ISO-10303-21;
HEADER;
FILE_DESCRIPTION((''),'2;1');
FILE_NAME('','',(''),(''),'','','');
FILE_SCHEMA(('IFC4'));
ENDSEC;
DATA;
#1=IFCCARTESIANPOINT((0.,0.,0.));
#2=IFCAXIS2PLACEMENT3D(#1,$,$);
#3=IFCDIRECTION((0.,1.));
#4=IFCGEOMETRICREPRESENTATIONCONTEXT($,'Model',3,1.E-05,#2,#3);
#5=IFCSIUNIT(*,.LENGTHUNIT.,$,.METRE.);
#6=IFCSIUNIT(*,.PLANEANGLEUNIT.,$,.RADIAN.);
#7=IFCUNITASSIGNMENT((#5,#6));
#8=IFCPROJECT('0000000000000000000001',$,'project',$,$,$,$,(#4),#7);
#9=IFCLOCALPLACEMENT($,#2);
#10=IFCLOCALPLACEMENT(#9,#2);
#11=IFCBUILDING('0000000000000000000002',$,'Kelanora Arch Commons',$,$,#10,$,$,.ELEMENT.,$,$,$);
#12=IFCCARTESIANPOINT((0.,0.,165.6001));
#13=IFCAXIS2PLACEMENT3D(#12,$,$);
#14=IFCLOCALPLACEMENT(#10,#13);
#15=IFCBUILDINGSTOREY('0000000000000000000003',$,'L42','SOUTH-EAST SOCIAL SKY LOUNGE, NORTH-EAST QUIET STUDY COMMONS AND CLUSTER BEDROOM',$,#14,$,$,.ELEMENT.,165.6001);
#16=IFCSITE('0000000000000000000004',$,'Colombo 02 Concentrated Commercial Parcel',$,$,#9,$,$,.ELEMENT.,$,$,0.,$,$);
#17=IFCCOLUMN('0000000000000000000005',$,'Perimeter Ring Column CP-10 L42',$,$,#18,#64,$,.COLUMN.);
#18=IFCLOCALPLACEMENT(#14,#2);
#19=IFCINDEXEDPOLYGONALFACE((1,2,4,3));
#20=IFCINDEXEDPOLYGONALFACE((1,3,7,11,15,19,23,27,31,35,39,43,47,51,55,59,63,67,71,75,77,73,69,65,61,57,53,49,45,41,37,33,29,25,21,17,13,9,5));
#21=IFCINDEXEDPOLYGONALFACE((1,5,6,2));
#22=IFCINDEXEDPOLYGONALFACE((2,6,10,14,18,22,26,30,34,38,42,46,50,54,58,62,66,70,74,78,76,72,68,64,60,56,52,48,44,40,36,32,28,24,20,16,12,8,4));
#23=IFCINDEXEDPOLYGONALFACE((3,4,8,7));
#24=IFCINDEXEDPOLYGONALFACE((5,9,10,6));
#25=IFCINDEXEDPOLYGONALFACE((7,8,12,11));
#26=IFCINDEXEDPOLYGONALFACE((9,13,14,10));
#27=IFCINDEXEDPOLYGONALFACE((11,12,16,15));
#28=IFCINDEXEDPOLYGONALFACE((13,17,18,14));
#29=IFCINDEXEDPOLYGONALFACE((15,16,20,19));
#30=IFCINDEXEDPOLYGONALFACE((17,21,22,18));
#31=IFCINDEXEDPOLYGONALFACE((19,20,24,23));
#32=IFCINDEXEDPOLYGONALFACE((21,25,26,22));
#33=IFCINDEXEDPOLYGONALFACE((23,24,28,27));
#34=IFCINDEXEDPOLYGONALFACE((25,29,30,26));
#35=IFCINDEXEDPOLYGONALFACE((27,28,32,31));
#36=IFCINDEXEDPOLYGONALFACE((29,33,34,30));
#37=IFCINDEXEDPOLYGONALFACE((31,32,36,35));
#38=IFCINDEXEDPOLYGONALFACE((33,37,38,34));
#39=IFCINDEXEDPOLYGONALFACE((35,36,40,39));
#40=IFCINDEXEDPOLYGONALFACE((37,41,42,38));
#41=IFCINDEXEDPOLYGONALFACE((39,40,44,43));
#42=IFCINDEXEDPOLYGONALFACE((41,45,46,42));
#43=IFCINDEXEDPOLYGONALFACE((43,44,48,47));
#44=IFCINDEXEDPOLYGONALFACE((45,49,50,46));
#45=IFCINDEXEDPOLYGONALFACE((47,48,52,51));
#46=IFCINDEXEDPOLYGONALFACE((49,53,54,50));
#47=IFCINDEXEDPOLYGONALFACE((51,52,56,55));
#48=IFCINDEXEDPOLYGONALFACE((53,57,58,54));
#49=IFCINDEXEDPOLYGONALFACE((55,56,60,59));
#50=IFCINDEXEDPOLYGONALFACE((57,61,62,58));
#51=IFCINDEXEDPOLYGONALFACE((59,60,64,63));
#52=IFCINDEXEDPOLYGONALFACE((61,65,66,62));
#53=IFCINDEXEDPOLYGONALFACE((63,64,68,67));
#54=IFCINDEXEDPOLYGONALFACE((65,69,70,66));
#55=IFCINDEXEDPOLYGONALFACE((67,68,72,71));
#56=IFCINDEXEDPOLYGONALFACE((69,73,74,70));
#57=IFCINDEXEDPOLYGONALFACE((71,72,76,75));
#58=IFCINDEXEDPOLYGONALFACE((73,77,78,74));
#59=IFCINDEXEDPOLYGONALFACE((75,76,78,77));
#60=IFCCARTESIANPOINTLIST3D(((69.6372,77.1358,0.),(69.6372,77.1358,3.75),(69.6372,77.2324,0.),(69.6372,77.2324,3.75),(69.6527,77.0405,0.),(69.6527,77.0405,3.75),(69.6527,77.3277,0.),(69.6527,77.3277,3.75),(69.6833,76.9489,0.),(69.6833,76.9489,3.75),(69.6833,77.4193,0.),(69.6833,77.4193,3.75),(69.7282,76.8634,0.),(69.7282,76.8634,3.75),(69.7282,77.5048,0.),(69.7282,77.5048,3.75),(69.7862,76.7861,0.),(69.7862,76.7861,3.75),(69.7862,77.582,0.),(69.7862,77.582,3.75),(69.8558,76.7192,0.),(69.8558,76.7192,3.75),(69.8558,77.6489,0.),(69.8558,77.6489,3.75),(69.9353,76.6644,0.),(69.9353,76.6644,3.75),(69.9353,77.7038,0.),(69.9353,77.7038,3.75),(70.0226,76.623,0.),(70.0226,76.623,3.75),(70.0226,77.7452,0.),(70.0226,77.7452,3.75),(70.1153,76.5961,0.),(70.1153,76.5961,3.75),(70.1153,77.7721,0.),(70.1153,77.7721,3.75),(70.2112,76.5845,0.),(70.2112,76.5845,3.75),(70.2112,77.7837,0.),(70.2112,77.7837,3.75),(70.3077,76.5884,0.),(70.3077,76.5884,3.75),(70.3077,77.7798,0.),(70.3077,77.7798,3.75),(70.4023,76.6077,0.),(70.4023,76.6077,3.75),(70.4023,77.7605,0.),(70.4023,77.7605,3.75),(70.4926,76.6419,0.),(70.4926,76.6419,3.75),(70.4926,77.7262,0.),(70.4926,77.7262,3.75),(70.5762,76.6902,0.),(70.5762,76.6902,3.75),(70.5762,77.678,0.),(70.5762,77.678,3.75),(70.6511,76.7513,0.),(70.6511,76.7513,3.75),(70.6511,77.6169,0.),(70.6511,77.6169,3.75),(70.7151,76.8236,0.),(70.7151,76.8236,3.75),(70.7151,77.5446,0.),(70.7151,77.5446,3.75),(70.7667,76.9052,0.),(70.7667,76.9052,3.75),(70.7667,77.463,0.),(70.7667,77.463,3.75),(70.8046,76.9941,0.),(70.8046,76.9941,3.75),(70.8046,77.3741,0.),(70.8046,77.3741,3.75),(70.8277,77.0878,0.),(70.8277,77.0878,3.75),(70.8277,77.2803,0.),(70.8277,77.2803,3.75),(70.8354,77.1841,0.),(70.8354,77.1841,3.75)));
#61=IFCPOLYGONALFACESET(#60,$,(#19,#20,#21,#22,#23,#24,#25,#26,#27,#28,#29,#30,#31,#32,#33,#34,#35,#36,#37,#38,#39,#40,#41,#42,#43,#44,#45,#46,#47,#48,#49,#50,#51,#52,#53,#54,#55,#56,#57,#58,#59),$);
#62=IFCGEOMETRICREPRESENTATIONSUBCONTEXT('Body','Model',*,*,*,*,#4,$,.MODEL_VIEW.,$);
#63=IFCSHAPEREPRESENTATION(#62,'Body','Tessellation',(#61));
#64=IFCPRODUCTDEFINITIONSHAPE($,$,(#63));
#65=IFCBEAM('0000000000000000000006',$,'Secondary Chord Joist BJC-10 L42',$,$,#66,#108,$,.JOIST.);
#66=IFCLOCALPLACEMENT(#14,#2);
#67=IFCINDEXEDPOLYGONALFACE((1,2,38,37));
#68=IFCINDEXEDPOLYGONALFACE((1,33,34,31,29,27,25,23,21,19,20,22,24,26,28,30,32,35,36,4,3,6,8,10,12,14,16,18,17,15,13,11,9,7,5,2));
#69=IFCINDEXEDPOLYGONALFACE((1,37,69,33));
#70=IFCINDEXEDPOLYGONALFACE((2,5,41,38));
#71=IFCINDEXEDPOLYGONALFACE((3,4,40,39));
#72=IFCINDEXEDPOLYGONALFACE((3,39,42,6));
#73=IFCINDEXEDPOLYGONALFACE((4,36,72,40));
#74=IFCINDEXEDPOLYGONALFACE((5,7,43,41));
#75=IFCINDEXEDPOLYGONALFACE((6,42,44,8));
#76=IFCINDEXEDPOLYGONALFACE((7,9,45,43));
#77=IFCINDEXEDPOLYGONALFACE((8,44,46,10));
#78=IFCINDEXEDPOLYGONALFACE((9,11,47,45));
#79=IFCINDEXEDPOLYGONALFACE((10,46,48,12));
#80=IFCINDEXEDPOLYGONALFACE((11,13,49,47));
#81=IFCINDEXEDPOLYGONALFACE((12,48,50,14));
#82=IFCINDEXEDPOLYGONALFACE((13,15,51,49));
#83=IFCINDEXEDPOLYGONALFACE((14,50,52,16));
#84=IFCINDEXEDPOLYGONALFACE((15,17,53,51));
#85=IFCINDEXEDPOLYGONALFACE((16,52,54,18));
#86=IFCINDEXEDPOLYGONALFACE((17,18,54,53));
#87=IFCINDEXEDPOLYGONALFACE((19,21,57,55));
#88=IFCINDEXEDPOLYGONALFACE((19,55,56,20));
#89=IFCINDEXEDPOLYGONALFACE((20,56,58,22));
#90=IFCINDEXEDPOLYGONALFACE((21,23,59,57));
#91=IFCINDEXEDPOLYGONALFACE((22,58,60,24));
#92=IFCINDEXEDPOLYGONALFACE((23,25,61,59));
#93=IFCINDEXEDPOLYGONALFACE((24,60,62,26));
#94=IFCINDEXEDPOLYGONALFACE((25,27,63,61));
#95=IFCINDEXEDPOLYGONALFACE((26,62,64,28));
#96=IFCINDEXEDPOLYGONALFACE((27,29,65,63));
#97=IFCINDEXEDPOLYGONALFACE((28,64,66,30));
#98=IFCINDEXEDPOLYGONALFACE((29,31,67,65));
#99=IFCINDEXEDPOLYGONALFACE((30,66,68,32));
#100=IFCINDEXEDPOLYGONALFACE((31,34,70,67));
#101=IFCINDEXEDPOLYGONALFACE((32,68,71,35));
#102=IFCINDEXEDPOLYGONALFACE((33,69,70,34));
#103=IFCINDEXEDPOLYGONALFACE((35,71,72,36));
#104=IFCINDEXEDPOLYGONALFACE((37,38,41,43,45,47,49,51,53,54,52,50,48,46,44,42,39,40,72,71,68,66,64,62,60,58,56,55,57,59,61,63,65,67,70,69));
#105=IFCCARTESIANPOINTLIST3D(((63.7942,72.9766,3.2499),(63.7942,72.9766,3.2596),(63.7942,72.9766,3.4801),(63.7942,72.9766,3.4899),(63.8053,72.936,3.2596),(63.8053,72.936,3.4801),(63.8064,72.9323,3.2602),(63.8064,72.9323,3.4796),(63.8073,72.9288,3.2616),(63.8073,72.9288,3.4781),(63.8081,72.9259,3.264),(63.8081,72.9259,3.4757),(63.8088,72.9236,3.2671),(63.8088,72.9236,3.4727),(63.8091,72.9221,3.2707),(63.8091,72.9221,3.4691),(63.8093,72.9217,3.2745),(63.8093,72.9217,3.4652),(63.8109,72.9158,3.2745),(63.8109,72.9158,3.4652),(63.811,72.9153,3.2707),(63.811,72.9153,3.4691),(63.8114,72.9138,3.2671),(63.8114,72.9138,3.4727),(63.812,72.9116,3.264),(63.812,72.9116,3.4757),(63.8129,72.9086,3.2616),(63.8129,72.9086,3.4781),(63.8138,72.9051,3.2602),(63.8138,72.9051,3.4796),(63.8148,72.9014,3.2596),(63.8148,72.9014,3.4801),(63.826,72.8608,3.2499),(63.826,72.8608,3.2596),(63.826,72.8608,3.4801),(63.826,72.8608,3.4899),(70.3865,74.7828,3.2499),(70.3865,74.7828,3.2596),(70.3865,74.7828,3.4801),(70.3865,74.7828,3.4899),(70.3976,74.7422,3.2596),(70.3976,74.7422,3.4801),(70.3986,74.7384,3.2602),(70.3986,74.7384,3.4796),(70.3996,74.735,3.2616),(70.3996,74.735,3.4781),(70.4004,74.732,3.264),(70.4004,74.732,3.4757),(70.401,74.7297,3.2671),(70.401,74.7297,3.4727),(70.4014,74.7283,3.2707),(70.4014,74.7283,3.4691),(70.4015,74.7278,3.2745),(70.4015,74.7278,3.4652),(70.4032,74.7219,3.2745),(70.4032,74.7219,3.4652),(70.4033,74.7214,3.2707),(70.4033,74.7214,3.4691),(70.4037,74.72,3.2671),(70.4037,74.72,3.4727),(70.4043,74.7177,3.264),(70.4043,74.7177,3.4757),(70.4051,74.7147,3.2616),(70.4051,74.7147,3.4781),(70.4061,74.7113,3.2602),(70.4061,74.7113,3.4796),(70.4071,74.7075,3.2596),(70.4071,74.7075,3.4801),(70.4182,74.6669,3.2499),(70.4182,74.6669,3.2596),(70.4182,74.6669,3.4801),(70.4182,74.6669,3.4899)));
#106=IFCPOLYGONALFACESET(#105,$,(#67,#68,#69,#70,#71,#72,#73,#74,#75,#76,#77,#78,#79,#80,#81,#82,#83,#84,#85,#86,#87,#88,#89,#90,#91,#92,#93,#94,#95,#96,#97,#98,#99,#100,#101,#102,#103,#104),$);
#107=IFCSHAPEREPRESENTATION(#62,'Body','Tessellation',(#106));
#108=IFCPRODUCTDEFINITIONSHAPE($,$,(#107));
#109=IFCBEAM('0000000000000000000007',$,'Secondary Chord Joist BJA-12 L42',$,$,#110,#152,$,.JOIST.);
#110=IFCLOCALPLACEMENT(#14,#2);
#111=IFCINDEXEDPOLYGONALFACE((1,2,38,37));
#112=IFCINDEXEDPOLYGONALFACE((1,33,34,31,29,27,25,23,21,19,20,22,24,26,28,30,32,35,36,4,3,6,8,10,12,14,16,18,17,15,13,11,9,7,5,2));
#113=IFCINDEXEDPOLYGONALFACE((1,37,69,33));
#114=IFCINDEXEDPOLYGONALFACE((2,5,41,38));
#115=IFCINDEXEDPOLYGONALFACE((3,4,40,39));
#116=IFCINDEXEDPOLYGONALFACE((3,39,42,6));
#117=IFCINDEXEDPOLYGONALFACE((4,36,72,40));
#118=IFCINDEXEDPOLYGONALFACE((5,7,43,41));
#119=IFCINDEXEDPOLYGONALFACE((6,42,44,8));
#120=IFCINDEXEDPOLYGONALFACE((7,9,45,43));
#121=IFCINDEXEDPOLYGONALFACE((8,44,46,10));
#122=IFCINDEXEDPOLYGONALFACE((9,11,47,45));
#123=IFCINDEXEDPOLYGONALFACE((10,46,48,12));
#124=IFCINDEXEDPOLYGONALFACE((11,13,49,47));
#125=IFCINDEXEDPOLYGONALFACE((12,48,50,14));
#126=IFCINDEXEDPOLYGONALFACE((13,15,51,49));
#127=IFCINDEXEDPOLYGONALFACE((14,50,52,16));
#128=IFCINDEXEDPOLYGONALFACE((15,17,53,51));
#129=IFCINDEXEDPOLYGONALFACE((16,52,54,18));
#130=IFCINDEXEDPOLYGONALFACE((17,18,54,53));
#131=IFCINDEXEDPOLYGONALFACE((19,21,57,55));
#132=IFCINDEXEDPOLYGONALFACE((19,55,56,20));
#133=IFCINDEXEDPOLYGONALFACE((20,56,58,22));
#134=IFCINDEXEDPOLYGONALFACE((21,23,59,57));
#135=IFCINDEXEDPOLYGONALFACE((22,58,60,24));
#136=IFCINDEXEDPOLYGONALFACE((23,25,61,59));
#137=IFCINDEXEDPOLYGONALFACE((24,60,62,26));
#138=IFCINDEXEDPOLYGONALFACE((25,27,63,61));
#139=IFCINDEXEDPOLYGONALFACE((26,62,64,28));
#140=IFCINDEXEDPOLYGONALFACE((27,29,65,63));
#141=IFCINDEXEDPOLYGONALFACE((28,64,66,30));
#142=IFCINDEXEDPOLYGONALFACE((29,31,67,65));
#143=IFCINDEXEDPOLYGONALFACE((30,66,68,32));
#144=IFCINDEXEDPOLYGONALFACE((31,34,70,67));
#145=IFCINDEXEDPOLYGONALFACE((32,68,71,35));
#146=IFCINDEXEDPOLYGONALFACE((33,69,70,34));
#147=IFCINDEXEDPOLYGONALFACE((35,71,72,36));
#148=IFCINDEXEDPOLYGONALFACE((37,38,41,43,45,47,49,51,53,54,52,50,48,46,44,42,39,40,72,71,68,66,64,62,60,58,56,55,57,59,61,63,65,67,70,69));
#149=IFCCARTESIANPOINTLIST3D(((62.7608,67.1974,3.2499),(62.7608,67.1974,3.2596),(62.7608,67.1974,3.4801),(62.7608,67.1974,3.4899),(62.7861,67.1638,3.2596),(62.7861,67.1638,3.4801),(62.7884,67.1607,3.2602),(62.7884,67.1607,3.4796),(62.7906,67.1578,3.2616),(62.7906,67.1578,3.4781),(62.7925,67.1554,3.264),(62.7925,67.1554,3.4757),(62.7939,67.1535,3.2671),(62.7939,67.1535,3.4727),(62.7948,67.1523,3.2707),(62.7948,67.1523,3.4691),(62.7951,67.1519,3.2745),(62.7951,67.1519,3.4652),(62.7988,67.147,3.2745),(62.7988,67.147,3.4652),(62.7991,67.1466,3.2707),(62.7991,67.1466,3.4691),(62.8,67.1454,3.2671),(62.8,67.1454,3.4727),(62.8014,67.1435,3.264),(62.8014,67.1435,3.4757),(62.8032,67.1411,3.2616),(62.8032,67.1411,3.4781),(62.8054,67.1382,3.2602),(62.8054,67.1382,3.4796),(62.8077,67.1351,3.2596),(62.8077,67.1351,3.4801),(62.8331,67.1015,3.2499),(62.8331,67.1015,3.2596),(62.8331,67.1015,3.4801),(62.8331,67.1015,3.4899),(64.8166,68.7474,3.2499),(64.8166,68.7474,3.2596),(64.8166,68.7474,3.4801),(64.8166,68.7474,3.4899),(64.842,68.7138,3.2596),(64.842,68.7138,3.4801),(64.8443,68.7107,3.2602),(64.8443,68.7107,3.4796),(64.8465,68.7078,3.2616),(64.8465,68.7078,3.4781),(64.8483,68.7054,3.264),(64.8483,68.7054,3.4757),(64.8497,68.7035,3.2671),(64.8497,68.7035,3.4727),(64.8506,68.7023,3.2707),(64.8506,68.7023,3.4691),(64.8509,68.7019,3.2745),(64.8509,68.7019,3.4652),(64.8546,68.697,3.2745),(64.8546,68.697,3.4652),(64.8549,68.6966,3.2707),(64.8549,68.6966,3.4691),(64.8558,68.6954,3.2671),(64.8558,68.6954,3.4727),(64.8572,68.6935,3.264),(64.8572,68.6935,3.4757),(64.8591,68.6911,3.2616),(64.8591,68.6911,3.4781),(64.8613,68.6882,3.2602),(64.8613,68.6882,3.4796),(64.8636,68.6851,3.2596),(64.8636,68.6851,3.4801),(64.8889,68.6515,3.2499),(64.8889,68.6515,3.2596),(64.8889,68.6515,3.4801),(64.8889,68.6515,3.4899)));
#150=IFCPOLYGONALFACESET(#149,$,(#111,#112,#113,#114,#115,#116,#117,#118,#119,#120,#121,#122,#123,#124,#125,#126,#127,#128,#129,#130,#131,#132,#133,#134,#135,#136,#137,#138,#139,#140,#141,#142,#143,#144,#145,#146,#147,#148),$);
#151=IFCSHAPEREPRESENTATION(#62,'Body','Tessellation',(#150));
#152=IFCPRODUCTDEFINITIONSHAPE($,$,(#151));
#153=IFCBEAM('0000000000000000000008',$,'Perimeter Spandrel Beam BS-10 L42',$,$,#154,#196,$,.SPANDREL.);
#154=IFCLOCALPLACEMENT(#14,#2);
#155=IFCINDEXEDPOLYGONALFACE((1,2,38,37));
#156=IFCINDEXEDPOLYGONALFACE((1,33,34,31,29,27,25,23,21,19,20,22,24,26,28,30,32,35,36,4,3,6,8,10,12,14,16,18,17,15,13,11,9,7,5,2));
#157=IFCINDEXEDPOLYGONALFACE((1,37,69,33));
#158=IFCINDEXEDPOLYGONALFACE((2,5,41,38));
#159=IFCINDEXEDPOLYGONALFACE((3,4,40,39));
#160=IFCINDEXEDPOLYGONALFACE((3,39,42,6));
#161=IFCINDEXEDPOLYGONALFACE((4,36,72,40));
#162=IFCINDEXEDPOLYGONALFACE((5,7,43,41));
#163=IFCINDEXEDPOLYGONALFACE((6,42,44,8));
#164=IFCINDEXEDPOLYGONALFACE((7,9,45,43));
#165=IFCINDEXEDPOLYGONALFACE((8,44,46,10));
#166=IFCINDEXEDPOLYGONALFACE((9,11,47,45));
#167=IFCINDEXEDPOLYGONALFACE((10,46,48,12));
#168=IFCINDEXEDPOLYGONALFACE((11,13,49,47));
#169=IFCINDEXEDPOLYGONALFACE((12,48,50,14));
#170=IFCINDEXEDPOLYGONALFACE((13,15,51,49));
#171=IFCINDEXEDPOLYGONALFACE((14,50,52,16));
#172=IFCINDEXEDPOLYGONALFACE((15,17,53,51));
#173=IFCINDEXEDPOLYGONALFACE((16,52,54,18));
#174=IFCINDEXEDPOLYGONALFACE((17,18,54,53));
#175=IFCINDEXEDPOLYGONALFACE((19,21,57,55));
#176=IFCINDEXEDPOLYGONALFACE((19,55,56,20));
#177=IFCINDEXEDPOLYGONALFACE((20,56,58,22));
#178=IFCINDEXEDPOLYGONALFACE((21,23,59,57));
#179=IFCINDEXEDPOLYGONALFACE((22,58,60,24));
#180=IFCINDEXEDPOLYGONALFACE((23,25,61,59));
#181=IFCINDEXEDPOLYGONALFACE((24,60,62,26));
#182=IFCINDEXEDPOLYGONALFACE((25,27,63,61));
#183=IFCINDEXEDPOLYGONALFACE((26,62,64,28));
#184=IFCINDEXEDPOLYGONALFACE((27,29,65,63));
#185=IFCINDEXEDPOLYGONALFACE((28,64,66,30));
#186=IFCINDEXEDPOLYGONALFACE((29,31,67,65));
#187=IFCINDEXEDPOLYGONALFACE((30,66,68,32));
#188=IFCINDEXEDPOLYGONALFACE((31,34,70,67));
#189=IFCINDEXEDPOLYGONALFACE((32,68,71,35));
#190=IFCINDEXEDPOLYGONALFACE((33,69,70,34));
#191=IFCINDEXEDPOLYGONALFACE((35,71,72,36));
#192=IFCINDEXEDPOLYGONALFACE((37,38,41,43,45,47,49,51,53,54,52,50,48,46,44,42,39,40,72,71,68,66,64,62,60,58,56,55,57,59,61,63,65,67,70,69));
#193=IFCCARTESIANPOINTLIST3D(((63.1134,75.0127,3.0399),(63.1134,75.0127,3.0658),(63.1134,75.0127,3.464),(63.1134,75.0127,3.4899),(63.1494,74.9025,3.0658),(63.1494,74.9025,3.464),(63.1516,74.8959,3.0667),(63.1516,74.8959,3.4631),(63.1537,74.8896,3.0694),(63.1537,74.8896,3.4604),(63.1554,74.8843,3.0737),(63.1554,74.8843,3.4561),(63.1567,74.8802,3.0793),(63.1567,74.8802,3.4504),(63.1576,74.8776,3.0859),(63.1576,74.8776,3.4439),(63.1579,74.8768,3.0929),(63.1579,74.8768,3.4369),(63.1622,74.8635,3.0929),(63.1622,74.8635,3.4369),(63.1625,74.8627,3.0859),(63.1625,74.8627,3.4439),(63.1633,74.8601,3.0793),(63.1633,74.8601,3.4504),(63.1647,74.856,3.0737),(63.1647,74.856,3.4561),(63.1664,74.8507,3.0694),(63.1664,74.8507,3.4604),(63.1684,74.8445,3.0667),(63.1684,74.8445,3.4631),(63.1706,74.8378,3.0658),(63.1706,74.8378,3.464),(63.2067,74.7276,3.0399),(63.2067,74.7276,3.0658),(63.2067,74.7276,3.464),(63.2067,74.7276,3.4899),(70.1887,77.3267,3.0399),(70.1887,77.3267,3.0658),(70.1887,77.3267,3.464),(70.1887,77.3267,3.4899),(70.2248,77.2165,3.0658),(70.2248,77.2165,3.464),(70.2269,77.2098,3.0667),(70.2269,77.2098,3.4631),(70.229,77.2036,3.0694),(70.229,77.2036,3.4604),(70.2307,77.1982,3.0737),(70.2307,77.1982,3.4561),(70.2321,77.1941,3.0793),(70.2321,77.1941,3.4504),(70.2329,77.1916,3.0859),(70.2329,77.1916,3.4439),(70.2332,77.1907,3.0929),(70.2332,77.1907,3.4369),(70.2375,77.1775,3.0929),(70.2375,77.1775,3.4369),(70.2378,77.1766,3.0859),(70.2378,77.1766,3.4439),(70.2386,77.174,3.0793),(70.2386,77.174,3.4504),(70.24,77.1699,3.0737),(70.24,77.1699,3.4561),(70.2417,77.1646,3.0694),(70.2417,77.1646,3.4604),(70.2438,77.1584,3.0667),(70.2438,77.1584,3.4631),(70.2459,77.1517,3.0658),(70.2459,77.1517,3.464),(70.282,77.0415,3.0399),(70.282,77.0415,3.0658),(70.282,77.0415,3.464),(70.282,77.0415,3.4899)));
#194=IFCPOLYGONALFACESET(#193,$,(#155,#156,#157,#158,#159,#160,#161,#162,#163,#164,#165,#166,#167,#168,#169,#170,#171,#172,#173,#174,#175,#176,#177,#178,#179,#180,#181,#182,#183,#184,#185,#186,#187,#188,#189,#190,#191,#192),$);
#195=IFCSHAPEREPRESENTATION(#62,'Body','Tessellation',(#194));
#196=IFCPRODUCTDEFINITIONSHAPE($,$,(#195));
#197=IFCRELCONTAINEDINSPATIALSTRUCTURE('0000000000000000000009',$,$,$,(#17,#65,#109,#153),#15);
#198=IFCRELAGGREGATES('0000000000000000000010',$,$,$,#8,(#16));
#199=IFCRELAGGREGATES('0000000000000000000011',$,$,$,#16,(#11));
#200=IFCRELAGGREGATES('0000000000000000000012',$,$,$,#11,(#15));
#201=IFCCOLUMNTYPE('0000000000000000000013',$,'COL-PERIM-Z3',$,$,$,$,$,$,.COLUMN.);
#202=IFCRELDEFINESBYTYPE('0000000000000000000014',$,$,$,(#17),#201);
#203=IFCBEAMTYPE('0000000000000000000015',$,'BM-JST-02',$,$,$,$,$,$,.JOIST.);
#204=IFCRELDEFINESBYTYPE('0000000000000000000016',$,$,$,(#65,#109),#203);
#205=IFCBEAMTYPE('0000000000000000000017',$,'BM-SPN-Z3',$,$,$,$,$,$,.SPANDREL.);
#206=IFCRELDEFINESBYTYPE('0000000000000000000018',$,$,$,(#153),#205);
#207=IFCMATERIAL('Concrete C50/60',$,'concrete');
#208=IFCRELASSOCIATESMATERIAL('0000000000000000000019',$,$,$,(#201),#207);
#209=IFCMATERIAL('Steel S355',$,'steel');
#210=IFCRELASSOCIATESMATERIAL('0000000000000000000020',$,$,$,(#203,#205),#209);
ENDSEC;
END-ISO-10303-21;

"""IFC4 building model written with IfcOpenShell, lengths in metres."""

from ifc_helpers import new_model, si_unit, direction, frame, origin, origin_2d, place, context, subcontext, project, spatial, circle, i_section, extrude, material, material_profile, profile_set, type_object, element, save


model = new_model("IFC4")

# Units and contexts
model_context = context("Model", 3, precision=1e-05, world=origin(), true_north=direction((0.0, 1.0)))
body_context = subcontext(model_context, "Body", "Model", "MODEL_VIEW")
ifc_project = project(units=[si_unit("LENGTHUNIT", "METRE"), si_unit("PLANEANGLEUNIT", "RADIAN")], contexts=[model_context])

# Site, building, storey
site_placement = place(None, origin())
site = spatial("IfcSite", under=ifc_project, at=site_placement, Name="Colombo 02 Concentrated Commercial Parcel", CompositionType="ELEMENT", RefElevation=0.0)
building_placement = place(site_placement, origin())
building = spatial("IfcBuilding", under=site, at=building_placement, Name="Kelanora Arch Commons", CompositionType="ELEMENT")
storey_placement = place(building_placement, frame((0.0, 0.0, 165.6001)))
storey = spatial("IfcBuildingStorey", under=building, at=storey_placement, Name="L42", Description="SOUTH-EAST SOCIAL SKY LOUNGE, NORTH-EAST QUIET STUDY COMMONS AND CLUSTER BEDROOM", CompositionType="ELEMENT", Elevation=165.6001)

# Column
ifc_material_1 = material(Name="Concrete C50/60", Category="concrete")
ifc_material_profile_1 = material_profile(ifc_material_1, circle(Radius=0.6001, at=origin_2d()), Name="RCC1200")
ifc_profile_set_1 = profile_set([ifc_material_profile_1], Name="Concrete C50/60")
column_type = type_object("IfcColumnType", Name="COL-PERIM-Z3", PredefinedType="COLUMN", material=ifc_profile_set_1)
column_placement = place(storey_placement, frame((70.2354, 77.1841, 0.0), z_axis=(0.0, 0.0, 1.0), x_axis=(1.0, 0.0, 0.0)))
element("IfcColumn", 1, at=column_placement, inside=storey, type_object=column_type, Name="Perimeter Ring Column CP-10 L42", PredefinedType="COLUMN", context=body_context, shape_type="SweptSolid", body=[
    extrude(circle(Radius=0.6001, at=origin_2d()), origin(), (0.0, 0.0, 1.0), 3.75),
])

# Beams
ifc_material_2 = material(Name="Steel S355", Category="steel")
ifc_material_profile_2 = material_profile(ifc_material_2, i_section(OverallWidth=0.1201, OverallDepth=0.24, WebThickness=0.0061, FlangeThickness=0.0098, FilletRadius=0.0149, at=origin_2d()), Name="IPE240")
ifc_profile_set_2 = profile_set([ifc_material_profile_2], Name="Steel S355")
beam_type_1 = type_object("IfcBeamType", Name="BM-JST-02", PredefinedType="JOIST", material=ifc_profile_set_2)
beam_1_placement = place(storey_placement, frame((70.4023, 74.7249, 3.3699), z_axis=(-0.964457, -0.264242, 0.0), x_axis=(0.264242, -0.964457, 0.0)))
element("IfcBeam", 2, at=beam_1_placement, inside=storey, type_object=beam_type_1, Name="Secondary Chord Joist BJC-10 L42", PredefinedType="JOIST", context=body_context, shape_type="SweptSolid", body=[
    extrude(i_section(OverallWidth=0.1201, OverallDepth=0.24, WebThickness=0.0061, FlangeThickness=0.0098, FilletRadius=0.0149, at=origin_2d()), origin(), (0.0, 0.0, 1.0), 6.8352),
])
beam_2_placement = place(storey_placement, frame((64.8528, 68.6995, 3.3699), z_axis=(-0.798484, -0.602016, 0.0), x_axis=(0.602016, -0.798484, 0.0)))
element("IfcBeam", 3, at=beam_2_placement, inside=storey, type_object=beam_type_1, Name="Secondary Chord Joist BJA-12 L42", PredefinedType="JOIST", context=body_context, shape_type="SweptSolid", body=[
    extrude(i_section(OverallWidth=0.1201, OverallDepth=0.24, WebThickness=0.0061, FlangeThickness=0.0098, FilletRadius=0.0149, at=origin_2d()), origin(), (0.0, 0.0, 1.0), 2.5747),
])
ifc_material_profile_3 = material_profile(ifc_material_2, i_section(OverallWidth=0.3, OverallDepth=0.45, WebThickness=0.0139, FlangeThickness=0.0259, FilletRadius=0.0271, at=origin_2d()), Name="HEB450")
ifc_profile_set_3 = profile_set([ifc_material_profile_3], Name="Steel S355")
beam_type_2 = type_object("IfcBeamType", Name="BM-SPN-Z3", PredefinedType="SPANDREL", material=ifc_profile_set_3)
beam_3_placement = place(storey_placement, frame((70.2354, 77.1841, 3.2649), z_axis=(-0.950462, -0.310841, 0.0), x_axis=(0.310841, -0.950462, 0.0)))
element("IfcBeam", 4, at=beam_3_placement, inside=storey, type_object=beam_type_2, Name="Perimeter Spandrel Beam BS-10 L42", PredefinedType="SPANDREL", context=body_context, shape_type="SweptSolid", body=[
    extrude(i_section(OverallWidth=0.3, OverallDepth=0.45, WebThickness=0.0139, FlangeThickness=0.0259, FilletRadius=0.0271, at=origin_2d()), origin(), (0.0, 0.0, 1.0), 7.4441),
])

save(model, "model.ifc")
